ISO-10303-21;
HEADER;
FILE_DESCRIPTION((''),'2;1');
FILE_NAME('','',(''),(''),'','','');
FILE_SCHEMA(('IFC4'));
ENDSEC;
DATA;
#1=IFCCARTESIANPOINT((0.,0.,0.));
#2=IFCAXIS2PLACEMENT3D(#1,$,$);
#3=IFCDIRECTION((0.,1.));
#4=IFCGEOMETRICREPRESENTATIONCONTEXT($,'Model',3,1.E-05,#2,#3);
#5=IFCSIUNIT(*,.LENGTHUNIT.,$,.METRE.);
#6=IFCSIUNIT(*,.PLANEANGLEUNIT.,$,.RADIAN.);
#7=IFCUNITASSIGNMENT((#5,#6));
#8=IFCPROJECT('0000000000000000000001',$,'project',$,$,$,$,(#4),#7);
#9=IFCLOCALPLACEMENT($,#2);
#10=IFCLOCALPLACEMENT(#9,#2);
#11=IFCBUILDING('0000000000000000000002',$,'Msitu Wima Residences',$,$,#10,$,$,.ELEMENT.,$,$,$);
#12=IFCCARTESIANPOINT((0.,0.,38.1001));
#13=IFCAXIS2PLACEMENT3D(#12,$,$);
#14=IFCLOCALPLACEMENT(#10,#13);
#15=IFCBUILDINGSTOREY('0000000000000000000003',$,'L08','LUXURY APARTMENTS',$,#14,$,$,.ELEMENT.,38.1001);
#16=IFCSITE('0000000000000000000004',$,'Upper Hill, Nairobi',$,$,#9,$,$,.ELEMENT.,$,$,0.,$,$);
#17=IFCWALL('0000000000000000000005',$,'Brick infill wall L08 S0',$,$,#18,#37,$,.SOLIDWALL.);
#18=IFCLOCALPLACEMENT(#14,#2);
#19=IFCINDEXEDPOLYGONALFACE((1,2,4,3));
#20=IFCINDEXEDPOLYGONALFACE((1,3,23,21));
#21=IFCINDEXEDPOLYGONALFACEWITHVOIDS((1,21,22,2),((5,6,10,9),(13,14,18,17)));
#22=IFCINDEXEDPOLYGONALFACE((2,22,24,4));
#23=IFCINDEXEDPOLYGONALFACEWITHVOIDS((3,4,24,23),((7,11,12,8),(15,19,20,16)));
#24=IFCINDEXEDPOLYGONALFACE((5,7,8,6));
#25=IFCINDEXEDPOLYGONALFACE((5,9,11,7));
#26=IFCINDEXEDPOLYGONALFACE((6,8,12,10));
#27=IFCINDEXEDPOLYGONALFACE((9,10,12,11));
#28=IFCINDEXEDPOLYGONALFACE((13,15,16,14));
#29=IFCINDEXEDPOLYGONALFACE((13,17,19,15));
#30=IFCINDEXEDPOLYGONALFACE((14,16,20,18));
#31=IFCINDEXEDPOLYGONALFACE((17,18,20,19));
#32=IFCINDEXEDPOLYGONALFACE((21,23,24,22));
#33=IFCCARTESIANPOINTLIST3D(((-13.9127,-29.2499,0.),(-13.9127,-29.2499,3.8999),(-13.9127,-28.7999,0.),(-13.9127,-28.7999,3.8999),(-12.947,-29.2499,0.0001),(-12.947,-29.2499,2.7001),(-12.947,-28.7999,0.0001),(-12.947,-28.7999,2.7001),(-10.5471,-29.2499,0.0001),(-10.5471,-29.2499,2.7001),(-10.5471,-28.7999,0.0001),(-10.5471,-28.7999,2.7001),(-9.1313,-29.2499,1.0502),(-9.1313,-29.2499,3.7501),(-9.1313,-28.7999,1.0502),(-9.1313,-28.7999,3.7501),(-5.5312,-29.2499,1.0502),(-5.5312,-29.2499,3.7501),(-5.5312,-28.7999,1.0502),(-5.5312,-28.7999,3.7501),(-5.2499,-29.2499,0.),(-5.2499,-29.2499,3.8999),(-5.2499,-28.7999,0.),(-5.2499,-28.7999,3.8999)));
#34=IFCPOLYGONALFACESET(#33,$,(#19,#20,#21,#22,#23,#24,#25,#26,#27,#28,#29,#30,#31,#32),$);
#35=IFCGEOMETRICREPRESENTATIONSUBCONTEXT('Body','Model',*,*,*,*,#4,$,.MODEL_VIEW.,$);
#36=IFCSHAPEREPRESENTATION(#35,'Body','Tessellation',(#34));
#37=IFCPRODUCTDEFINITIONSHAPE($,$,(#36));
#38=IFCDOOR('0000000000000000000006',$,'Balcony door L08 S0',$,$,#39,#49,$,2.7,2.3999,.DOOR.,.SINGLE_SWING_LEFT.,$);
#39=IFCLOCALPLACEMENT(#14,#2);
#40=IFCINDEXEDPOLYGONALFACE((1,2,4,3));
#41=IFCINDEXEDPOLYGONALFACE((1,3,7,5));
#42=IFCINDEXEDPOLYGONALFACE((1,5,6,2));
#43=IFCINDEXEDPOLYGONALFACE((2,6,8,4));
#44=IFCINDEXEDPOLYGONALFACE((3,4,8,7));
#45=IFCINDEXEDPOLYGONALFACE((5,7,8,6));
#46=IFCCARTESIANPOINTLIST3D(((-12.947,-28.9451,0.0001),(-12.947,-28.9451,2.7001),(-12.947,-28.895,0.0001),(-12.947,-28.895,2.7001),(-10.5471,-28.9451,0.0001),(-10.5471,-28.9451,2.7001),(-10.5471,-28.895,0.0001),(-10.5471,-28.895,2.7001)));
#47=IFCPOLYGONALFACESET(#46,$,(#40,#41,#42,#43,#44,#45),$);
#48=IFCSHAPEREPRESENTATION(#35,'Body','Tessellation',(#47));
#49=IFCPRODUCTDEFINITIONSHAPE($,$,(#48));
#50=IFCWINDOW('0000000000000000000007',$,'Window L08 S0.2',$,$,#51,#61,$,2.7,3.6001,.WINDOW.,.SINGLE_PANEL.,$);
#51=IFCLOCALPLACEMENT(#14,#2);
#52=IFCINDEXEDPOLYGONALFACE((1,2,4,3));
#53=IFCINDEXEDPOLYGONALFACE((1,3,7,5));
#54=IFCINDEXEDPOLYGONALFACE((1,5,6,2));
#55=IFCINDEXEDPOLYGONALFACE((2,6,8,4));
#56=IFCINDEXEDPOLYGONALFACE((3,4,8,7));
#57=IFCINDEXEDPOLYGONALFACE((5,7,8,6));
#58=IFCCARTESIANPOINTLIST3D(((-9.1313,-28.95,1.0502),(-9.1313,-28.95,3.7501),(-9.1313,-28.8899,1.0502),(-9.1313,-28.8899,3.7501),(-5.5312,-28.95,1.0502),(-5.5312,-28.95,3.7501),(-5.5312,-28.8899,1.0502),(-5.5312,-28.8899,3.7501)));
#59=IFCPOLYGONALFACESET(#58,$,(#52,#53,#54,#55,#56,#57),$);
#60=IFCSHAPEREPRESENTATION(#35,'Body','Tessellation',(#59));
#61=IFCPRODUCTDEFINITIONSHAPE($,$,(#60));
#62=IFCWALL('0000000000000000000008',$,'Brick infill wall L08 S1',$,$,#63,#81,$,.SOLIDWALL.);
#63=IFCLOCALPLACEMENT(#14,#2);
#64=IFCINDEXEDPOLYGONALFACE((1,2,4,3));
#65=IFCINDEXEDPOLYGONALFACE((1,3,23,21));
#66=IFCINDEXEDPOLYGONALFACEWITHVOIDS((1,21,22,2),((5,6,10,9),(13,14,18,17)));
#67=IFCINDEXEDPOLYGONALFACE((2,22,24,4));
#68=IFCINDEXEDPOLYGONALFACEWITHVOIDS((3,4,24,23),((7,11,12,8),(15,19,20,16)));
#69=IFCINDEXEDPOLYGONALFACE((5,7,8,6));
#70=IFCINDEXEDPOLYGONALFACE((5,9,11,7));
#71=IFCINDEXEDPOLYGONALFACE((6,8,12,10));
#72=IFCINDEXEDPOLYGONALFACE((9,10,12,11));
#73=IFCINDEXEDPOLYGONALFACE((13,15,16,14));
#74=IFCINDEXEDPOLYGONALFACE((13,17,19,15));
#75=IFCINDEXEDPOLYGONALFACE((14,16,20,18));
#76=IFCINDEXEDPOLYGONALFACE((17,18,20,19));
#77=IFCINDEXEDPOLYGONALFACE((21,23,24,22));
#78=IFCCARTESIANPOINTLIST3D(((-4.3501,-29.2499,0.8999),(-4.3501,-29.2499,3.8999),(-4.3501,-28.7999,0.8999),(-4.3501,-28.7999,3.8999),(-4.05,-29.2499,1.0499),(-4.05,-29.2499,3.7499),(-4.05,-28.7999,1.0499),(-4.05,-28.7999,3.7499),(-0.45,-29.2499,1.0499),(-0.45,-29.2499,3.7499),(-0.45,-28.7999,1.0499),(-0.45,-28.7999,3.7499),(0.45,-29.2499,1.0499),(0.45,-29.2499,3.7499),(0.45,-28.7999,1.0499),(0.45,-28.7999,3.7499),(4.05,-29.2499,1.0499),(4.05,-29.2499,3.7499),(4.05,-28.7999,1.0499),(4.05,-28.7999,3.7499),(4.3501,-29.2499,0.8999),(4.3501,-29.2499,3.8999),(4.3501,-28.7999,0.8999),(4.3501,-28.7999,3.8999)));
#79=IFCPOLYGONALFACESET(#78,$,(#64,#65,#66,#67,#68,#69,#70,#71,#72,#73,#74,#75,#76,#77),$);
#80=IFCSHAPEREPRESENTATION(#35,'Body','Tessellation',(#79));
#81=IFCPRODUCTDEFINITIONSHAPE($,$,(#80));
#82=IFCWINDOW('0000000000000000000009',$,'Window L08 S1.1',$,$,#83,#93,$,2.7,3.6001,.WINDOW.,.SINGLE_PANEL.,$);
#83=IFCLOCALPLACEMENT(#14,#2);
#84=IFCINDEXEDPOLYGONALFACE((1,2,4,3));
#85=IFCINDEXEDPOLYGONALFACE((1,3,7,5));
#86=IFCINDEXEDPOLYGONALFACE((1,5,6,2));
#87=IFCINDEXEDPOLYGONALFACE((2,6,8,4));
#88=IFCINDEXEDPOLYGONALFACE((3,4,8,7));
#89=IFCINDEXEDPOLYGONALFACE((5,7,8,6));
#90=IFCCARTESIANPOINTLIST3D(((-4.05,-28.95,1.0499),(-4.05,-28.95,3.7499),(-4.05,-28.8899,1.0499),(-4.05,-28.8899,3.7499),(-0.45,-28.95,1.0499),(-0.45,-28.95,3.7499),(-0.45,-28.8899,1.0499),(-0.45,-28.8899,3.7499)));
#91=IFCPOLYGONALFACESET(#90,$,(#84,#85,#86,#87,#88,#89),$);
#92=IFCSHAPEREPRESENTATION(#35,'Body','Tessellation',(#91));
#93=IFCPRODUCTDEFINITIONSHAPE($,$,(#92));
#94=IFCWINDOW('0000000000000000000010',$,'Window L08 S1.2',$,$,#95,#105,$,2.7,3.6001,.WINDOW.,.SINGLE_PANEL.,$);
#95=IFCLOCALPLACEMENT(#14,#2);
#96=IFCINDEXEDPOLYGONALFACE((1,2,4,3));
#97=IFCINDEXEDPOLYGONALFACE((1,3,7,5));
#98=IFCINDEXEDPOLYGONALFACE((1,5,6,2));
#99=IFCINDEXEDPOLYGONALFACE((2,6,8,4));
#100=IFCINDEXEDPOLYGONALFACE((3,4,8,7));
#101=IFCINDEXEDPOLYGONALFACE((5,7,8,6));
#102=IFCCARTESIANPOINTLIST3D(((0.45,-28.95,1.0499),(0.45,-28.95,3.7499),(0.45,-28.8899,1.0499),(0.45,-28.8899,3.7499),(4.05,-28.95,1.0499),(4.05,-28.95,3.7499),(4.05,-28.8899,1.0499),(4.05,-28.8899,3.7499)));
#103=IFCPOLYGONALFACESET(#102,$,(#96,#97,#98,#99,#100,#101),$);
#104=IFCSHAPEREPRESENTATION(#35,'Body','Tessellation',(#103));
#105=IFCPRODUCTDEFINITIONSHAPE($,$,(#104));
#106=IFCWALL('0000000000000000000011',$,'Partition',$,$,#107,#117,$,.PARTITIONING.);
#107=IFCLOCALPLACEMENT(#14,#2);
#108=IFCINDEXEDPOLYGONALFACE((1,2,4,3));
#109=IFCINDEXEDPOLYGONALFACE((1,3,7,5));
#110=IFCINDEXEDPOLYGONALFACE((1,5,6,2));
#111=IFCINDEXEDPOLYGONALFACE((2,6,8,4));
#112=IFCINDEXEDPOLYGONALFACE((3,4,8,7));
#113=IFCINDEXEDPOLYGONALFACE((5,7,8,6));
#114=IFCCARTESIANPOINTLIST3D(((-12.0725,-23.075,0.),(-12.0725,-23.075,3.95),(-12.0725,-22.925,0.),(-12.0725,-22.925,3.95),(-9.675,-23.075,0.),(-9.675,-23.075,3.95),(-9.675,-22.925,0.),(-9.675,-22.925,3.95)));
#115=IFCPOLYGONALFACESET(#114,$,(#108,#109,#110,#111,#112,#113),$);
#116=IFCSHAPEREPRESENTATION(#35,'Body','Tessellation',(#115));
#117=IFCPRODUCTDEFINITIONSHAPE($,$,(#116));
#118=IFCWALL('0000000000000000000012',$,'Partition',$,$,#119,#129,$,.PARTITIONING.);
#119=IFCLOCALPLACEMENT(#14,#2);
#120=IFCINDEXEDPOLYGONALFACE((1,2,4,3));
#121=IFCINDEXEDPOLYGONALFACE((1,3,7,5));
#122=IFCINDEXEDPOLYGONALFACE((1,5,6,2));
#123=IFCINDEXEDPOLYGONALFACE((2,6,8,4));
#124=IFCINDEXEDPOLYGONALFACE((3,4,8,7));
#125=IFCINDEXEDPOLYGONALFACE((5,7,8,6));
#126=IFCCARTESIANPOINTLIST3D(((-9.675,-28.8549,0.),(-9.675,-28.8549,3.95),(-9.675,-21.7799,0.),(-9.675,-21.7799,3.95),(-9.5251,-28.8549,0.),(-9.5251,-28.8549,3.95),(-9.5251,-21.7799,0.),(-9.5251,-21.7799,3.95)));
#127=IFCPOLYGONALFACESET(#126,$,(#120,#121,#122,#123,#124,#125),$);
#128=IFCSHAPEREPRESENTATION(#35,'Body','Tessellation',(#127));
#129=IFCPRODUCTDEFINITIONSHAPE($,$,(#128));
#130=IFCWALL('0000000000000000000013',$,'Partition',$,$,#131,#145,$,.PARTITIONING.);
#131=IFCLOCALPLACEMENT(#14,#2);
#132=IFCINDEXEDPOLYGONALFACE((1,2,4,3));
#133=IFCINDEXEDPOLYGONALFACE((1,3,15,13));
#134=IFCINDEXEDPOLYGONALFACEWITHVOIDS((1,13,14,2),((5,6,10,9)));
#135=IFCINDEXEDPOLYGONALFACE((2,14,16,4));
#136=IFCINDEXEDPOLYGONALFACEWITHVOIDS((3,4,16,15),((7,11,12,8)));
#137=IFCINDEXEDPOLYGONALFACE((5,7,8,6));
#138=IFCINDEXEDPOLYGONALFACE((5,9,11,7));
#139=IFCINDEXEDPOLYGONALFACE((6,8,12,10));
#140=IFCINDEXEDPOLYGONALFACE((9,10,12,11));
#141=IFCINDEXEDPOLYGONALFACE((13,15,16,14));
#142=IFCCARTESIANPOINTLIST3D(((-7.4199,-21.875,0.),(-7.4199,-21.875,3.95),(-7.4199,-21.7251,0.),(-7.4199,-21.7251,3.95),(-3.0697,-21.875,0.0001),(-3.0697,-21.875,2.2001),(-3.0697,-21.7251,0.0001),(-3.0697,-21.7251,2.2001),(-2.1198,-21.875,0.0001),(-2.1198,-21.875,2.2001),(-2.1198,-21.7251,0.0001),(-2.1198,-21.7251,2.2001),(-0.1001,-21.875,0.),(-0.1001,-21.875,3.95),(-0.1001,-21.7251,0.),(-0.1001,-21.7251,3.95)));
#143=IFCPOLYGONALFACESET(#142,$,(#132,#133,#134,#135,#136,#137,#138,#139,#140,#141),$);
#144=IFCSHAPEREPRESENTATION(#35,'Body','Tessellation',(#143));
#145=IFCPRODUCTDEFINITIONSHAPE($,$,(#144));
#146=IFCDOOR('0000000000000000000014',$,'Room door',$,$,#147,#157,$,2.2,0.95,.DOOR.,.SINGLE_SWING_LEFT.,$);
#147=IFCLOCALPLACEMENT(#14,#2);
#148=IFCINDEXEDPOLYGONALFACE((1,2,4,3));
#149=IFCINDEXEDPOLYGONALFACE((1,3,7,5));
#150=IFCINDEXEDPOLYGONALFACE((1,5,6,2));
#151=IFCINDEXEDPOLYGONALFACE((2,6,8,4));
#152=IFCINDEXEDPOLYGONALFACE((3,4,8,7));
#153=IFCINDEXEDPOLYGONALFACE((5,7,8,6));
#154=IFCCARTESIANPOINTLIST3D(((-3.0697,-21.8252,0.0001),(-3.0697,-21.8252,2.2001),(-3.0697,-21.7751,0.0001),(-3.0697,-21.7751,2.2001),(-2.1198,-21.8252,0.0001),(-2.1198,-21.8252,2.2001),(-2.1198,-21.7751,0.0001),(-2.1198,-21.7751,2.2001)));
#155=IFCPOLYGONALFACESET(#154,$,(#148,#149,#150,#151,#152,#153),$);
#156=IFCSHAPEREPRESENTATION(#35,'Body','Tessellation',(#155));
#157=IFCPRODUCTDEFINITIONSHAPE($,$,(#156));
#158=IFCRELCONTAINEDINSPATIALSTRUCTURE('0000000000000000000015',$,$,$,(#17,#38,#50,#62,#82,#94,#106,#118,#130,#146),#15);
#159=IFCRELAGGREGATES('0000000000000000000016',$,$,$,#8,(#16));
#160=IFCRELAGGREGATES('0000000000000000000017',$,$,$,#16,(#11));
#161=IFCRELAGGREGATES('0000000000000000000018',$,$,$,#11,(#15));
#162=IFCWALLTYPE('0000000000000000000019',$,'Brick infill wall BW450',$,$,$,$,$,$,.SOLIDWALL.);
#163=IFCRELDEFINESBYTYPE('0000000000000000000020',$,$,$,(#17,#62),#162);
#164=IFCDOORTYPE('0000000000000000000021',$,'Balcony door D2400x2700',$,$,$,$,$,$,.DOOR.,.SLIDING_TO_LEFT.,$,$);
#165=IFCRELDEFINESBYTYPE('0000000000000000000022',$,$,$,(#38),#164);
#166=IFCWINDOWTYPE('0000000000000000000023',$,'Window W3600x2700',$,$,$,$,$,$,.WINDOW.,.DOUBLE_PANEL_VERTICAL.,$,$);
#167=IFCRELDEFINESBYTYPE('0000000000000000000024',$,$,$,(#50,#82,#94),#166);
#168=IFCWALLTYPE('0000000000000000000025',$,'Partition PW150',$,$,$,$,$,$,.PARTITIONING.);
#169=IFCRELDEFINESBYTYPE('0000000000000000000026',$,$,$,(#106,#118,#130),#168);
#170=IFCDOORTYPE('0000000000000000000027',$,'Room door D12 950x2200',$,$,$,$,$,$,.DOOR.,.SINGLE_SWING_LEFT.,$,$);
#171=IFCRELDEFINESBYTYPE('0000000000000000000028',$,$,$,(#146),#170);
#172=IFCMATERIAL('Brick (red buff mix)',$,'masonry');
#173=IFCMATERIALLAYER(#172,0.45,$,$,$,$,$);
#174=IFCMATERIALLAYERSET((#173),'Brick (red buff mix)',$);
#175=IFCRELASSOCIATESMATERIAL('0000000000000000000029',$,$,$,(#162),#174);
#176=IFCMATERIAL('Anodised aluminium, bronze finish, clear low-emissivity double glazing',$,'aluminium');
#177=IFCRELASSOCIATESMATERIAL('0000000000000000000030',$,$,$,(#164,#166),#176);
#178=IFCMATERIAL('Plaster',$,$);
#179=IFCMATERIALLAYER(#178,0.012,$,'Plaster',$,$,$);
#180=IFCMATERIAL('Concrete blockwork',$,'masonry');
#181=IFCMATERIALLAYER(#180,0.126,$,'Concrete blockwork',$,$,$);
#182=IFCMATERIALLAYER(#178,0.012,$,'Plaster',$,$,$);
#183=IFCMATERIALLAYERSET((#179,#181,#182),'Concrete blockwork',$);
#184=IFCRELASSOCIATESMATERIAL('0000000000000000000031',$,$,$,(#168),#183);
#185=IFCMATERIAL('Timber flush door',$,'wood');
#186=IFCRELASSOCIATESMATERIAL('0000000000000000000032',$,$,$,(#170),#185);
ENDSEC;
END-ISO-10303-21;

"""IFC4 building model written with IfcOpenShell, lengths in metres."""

from ifc_helpers import new_model, si_unit, direction, frame, frame_2d, origin, place, context, subcontext, project, spatial, rectangle, extrude, material, layer, layer_set, type_object, element, fill, save


model = new_model("IFC4")

# Units and contexts
model_context = context("Model", 3, precision=1e-05, world=origin(), true_north=direction((0.0, 1.0)))
body_context = subcontext(model_context, "Body", "Model", "MODEL_VIEW")
ifc_project = project(units=[si_unit("LENGTHUNIT", "METRE"), si_unit("PLANEANGLEUNIT", "RADIAN")], contexts=[model_context])

# Site, building, storey
site_placement = place(None, origin())
site = spatial("IfcSite", under=ifc_project, at=site_placement, Name="Upper Hill, Nairobi", CompositionType="ELEMENT", RefElevation=0.0)
building_placement = place(site_placement, origin())
building = spatial("IfcBuilding", under=site, at=building_placement, Name="Msitu Wima Residences", CompositionType="ELEMENT")
storey_placement = place(building_placement, frame((0.0, 0.0, 38.1001)))
storey = spatial("IfcBuildingStorey", under=building, at=storey_placement, Name="L08", Description="LUXURY APARTMENTS", CompositionType="ELEMENT", Elevation=38.1001)

# Wall, openings, door, window
ifc_material_1 = material(Name="Brick (red buff mix)", Category="masonry")
ifc_layer_1 = layer(ifc_material_1, 0.45)
ifc_layer_set_1 = layer_set([ifc_layer_1], Name="Brick (red buff mix)")
wall_type_1 = type_object("IfcWallType", Name="Brick infill wall BW450", PredefinedType="SOLIDWALL", material=ifc_layer_set_1)
wall_1_placement = place(storey_placement, frame((-13.9128, -29.0249, 0.0), z_axis=(0.0, 0.0, 1.0), x_axis=(1.0, 0.0, 0.0)))
wall_1 = element("IfcWall", 1, at=wall_1_placement, inside=storey, type_object=wall_type_1, Name="Brick infill wall L08 S0", PredefinedType="SOLIDWALL", context=body_context, shape_type="SweptSolid", body=[
    extrude(rectangle(XDim=8.6628, YDim=0.45, at=frame_2d((4.3315, 0.0))), origin(), (0.0, 0.0, 1.0), 3.8999),
])
opening_1_placement = place(wall_1_placement, frame((0.9658, 0.0, 0.0)))
opening_1 = element("IfcOpeningElement", 2, at=opening_1_placement, cuts=wall_1, PredefinedType="OPENING", context=body_context, shape_type="SweptSolid", body=[
    extrude(rectangle(XDim=2.3999, YDim=2.7, at=frame_2d((1.2, 1.3501))), frame((0.0, 0.2349, 0.0), z_axis=(0.0, -1.0, 0.0), x_axis=(1.0, 0.0, 0.0)), (0.0, 0.0, 1.0), 0.47),
])
opening_2_placement = place(wall_1_placement, frame((4.7815, 0.0, 1.05)))
opening_2 = element("IfcOpeningElement", 3, at=opening_2_placement, cuts=wall_1, PredefinedType="OPENING", context=body_context, shape_type="SweptSolid", body=[
    extrude(rectangle(XDim=3.6001, YDim=2.7, at=frame_2d((1.8, 1.3501))), frame((0.0, 0.2349, 0.0), z_axis=(0.0, -1.0, 0.0), x_axis=(1.0, 0.0, 0.0)), (0.0, 0.0, 1.0), 0.47),
])
ifc_material_2 = material(Name="Anodised aluminium, bronze finish, clear low-emissivity double glazing", Category="aluminium")
door_type_1 = type_object("IfcDoorType", Name="Balcony door D2400x2700", OperationType="SLIDING_TO_LEFT", PredefinedType="DOOR", material=ifc_material_2)
door_1_placement = place(opening_1_placement, origin())
door_1 = element("IfcDoor", 4, at=door_1_placement, inside=storey, type_object=door_type_1, Name="Balcony door L08 S0", OperationType="SINGLE_SWING_LEFT", OverallHeight=2.7, OverallWidth=2.3999, PredefinedType="DOOR", context=body_context, shape_type="SweptSolid", body=[
    extrude(rectangle(XDim=2.3999, YDim=2.7, at=frame_2d((1.2, 1.3501))), frame((0.0, 0.1299, 0.0), z_axis=(0.0, -1.0, 0.0), x_axis=(1.0, 0.0, 0.0)), (0.0, 0.0, 1.0), 0.05),
])
fill(opening_1, door_1)
window_type = type_object("IfcWindowType", Name="Window W3600x2700", PartitioningType="DOUBLE_PANEL_VERTICAL", PredefinedType="WINDOW", material=ifc_material_2)
window_1_placement = place(opening_2_placement, origin())
window_1 = element("IfcWindow", 5, at=window_1_placement, inside=storey, type_object=window_type, Name="Window L08 S0.2", OverallHeight=2.7, OverallWidth=3.6001, PartitioningType="SINGLE_PANEL", PredefinedType="WINDOW", context=body_context, shape_type="SweptSolid", body=[
    extrude(rectangle(XDim=3.6001, YDim=2.7, at=frame_2d((1.8, 1.3501))), frame((0.0, 0.135, 0.0), z_axis=(0.0, -1.0, 0.0), x_axis=(1.0, 0.0, 0.0)), (0.0, 0.0, 1.0), 0.0601),
])
fill(opening_2, window_1)

# Wall, openings, windows
wall_2_placement = place(storey_placement, frame((-4.3501, -29.0249, 0.8999), z_axis=(0.0, 0.0, 1.0), x_axis=(1.0, 0.0, 0.0)))
wall_2 = element("IfcWall", 6, at=wall_2_placement, inside=storey, type_object=wall_type_1, Name="Brick infill wall L08 S1", PredefinedType="SOLIDWALL", context=body_context, shape_type="SweptSolid", body=[
    extrude(rectangle(XDim=8.7002, YDim=0.45, at=frame_2d((4.3501, 0.0))), origin(), (0.0, 0.0, 1.0), 3.0),
])
opening_3_placement = place(wall_2_placement, frame((0.3, 0.0, 0.1499)))
opening_3 = element("IfcOpeningElement", 7, at=opening_3_placement, cuts=wall_2, PredefinedType="OPENING", context=body_context, shape_type="SweptSolid", body=[
    extrude(rectangle(XDim=3.6001, YDim=2.7, at=frame_2d((1.8, 1.3501))), frame((0.0, 0.2349, 0.0), z_axis=(0.0, -1.0, 0.0), x_axis=(1.0, 0.0, 0.0)), (0.0, 0.0, 1.0), 0.47),
])
opening_4_placement = place(wall_2_placement, frame((4.8, 0.0, 0.1499)))
opening_4 = element("IfcOpeningElement", 8, at=opening_4_placement, cuts=wall_2, PredefinedType="OPENING", context=body_context, shape_type="SweptSolid", body=[
    extrude(rectangle(XDim=3.6001, YDim=2.7, at=frame_2d((1.8, 1.3501))), frame((0.0, 0.2349, 0.0), z_axis=(0.0, -1.0, 0.0), x_axis=(1.0, 0.0, 0.0)), (0.0, 0.0, 1.0), 0.47),
])
window_2_placement = place(opening_3_placement, origin())
window_2 = element("IfcWindow", 9, at=window_2_placement, inside=storey, type_object=window_type, Name="Window L08 S1.1", OverallHeight=2.7, OverallWidth=3.6001, PartitioningType="SINGLE_PANEL", PredefinedType="WINDOW", context=body_context, shape_type="SweptSolid", body=[
    extrude(rectangle(XDim=3.6001, YDim=2.7, at=frame_2d((1.8, 1.3501))), frame((0.0, 0.135, 0.0), z_axis=(0.0, -1.0, 0.0), x_axis=(1.0, 0.0, 0.0)), (0.0, 0.0, 1.0), 0.0601),
])
fill(opening_3, window_2)
window_3_placement = place(opening_4_placement, origin())
window_3 = element("IfcWindow", 10, at=window_3_placement, inside=storey, type_object=window_type, Name="Window L08 S1.2", OverallHeight=2.7, OverallWidth=3.6001, PartitioningType="SINGLE_PANEL", PredefinedType="WINDOW", context=body_context, shape_type="SweptSolid", body=[
    extrude(rectangle(XDim=3.6001, YDim=2.7, at=frame_2d((1.8, 1.3501))), frame((0.0, 0.135, 0.0), z_axis=(0.0, -1.0, 0.0), x_axis=(1.0, 0.0, 0.0)), (0.0, 0.0, 1.0), 0.0601),
])
fill(opening_4, window_3)

# Walls
ifc_material_3 = material(Name="Plaster")
ifc_layer_2 = layer(ifc_material_3, 0.012, Name="Plaster")
ifc_material_4 = material(Name="Concrete blockwork", Category="masonry")
ifc_layer_3 = layer(ifc_material_4, 0.126, Name="Concrete blockwork")
ifc_layer_4 = layer(ifc_material_3, 0.012, Name="Plaster")
ifc_layer_set_2 = layer_set([ifc_layer_2, ifc_layer_3, ifc_layer_4], Name="Concrete blockwork")
wall_type_2 = type_object("IfcWallType", Name="Partition PW150", PredefinedType="PARTITIONING", material=ifc_layer_set_2)
wall_3_placement = place(storey_placement, frame((-12.0725, -23.0, 0.0), z_axis=(0.0, 0.0, 1.0), x_axis=(1.0, 0.0, 0.0)))
element("IfcWall", 11, at=wall_3_placement, inside=storey, type_object=wall_type_2, Name="Partition", PredefinedType="PARTITIONING", context=body_context, shape_type="SweptSolid", body=[
    extrude(rectangle(XDim=2.3975, YDim=0.1499, at=frame_2d((1.1987, 0.0))), origin(), (0.0, 0.0, 1.0), 3.95),
])
wall_4_placement = place(storey_placement, frame((-9.6001, -28.855, 0.0), z_axis=(0.0, 0.0, 1.0), x_axis=(0.0, 1.0, 0.0)))
element("IfcWall", 12, at=wall_4_placement, inside=storey, type_object=wall_type_2, Name="Partition", PredefinedType="PARTITIONING", context=body_context, shape_type="SweptSolid", body=[
    extrude(rectangle(XDim=7.075, YDim=0.1499, at=frame_2d((3.5376, 0.0))), origin(), (0.0, 0.0, 1.0), 3.95),
])

# Wall, opening, door
wall_5_placement = place(storey_placement, frame((-7.4199, -21.8, 0.0), z_axis=(0.0, 0.0, 1.0), x_axis=(1.0, 0.0, 0.0)))
wall_5 = element("IfcWall", 13, at=wall_5_placement, inside=storey, type_object=wall_type_2, Name="Partition", PredefinedType="PARTITIONING", context=body_context, shape_type="SweptSolid", body=[
    extrude(rectangle(XDim=7.3198, YDim=0.1499, at=frame_2d((3.6599, 0.0))), origin(), (0.0, 0.0, 1.0), 3.95),
])
opening_5_placement = place(wall_5_placement, frame((4.3501, 0.0, 0.0)))
opening_5 = element("IfcOpeningElement", 14, at=opening_5_placement, cuts=wall_5, PredefinedType="OPENING", context=body_context, shape_type="SweptSolid", body=[
    extrude(rectangle(XDim=0.95, YDim=2.2, at=frame_2d((0.4751, 1.1001))), frame((0.0, 0.085, 0.0), z_axis=(0.0, -1.0, 0.0), x_axis=(1.0, 0.0, 0.0)), (0.0, 0.0, 1.0), 0.1699),
])
ifc_material_5 = material(Name="Timber flush door", Category="wood")
door_type_2 = type_object("IfcDoorType", Name="Room door D12 950x2200", OperationType="SINGLE_SWING_LEFT", PredefinedType="DOOR", material=ifc_material_5)
door_2_placement = place(opening_5_placement, origin())
door_2 = element("IfcDoor", 15, at=door_2_placement, inside=storey, type_object=door_type_2, Name="Room door", OperationType="SINGLE_SWING_LEFT", OverallHeight=2.2, OverallWidth=0.95, PredefinedType="DOOR", context=body_context, shape_type="SweptSolid", body=[
    extrude(rectangle(XDim=0.95, YDim=2.2, at=frame_2d((0.4751, 1.1001))), frame((0.0, 0.0249, 0.0), z_axis=(0.0, -1.0, 0.0), x_axis=(1.0, 0.0, 0.0)), (0.0, 0.0, 1.0), 0.05),
])
fill(opening_5, door_2)

save(model, "model.ifc")
